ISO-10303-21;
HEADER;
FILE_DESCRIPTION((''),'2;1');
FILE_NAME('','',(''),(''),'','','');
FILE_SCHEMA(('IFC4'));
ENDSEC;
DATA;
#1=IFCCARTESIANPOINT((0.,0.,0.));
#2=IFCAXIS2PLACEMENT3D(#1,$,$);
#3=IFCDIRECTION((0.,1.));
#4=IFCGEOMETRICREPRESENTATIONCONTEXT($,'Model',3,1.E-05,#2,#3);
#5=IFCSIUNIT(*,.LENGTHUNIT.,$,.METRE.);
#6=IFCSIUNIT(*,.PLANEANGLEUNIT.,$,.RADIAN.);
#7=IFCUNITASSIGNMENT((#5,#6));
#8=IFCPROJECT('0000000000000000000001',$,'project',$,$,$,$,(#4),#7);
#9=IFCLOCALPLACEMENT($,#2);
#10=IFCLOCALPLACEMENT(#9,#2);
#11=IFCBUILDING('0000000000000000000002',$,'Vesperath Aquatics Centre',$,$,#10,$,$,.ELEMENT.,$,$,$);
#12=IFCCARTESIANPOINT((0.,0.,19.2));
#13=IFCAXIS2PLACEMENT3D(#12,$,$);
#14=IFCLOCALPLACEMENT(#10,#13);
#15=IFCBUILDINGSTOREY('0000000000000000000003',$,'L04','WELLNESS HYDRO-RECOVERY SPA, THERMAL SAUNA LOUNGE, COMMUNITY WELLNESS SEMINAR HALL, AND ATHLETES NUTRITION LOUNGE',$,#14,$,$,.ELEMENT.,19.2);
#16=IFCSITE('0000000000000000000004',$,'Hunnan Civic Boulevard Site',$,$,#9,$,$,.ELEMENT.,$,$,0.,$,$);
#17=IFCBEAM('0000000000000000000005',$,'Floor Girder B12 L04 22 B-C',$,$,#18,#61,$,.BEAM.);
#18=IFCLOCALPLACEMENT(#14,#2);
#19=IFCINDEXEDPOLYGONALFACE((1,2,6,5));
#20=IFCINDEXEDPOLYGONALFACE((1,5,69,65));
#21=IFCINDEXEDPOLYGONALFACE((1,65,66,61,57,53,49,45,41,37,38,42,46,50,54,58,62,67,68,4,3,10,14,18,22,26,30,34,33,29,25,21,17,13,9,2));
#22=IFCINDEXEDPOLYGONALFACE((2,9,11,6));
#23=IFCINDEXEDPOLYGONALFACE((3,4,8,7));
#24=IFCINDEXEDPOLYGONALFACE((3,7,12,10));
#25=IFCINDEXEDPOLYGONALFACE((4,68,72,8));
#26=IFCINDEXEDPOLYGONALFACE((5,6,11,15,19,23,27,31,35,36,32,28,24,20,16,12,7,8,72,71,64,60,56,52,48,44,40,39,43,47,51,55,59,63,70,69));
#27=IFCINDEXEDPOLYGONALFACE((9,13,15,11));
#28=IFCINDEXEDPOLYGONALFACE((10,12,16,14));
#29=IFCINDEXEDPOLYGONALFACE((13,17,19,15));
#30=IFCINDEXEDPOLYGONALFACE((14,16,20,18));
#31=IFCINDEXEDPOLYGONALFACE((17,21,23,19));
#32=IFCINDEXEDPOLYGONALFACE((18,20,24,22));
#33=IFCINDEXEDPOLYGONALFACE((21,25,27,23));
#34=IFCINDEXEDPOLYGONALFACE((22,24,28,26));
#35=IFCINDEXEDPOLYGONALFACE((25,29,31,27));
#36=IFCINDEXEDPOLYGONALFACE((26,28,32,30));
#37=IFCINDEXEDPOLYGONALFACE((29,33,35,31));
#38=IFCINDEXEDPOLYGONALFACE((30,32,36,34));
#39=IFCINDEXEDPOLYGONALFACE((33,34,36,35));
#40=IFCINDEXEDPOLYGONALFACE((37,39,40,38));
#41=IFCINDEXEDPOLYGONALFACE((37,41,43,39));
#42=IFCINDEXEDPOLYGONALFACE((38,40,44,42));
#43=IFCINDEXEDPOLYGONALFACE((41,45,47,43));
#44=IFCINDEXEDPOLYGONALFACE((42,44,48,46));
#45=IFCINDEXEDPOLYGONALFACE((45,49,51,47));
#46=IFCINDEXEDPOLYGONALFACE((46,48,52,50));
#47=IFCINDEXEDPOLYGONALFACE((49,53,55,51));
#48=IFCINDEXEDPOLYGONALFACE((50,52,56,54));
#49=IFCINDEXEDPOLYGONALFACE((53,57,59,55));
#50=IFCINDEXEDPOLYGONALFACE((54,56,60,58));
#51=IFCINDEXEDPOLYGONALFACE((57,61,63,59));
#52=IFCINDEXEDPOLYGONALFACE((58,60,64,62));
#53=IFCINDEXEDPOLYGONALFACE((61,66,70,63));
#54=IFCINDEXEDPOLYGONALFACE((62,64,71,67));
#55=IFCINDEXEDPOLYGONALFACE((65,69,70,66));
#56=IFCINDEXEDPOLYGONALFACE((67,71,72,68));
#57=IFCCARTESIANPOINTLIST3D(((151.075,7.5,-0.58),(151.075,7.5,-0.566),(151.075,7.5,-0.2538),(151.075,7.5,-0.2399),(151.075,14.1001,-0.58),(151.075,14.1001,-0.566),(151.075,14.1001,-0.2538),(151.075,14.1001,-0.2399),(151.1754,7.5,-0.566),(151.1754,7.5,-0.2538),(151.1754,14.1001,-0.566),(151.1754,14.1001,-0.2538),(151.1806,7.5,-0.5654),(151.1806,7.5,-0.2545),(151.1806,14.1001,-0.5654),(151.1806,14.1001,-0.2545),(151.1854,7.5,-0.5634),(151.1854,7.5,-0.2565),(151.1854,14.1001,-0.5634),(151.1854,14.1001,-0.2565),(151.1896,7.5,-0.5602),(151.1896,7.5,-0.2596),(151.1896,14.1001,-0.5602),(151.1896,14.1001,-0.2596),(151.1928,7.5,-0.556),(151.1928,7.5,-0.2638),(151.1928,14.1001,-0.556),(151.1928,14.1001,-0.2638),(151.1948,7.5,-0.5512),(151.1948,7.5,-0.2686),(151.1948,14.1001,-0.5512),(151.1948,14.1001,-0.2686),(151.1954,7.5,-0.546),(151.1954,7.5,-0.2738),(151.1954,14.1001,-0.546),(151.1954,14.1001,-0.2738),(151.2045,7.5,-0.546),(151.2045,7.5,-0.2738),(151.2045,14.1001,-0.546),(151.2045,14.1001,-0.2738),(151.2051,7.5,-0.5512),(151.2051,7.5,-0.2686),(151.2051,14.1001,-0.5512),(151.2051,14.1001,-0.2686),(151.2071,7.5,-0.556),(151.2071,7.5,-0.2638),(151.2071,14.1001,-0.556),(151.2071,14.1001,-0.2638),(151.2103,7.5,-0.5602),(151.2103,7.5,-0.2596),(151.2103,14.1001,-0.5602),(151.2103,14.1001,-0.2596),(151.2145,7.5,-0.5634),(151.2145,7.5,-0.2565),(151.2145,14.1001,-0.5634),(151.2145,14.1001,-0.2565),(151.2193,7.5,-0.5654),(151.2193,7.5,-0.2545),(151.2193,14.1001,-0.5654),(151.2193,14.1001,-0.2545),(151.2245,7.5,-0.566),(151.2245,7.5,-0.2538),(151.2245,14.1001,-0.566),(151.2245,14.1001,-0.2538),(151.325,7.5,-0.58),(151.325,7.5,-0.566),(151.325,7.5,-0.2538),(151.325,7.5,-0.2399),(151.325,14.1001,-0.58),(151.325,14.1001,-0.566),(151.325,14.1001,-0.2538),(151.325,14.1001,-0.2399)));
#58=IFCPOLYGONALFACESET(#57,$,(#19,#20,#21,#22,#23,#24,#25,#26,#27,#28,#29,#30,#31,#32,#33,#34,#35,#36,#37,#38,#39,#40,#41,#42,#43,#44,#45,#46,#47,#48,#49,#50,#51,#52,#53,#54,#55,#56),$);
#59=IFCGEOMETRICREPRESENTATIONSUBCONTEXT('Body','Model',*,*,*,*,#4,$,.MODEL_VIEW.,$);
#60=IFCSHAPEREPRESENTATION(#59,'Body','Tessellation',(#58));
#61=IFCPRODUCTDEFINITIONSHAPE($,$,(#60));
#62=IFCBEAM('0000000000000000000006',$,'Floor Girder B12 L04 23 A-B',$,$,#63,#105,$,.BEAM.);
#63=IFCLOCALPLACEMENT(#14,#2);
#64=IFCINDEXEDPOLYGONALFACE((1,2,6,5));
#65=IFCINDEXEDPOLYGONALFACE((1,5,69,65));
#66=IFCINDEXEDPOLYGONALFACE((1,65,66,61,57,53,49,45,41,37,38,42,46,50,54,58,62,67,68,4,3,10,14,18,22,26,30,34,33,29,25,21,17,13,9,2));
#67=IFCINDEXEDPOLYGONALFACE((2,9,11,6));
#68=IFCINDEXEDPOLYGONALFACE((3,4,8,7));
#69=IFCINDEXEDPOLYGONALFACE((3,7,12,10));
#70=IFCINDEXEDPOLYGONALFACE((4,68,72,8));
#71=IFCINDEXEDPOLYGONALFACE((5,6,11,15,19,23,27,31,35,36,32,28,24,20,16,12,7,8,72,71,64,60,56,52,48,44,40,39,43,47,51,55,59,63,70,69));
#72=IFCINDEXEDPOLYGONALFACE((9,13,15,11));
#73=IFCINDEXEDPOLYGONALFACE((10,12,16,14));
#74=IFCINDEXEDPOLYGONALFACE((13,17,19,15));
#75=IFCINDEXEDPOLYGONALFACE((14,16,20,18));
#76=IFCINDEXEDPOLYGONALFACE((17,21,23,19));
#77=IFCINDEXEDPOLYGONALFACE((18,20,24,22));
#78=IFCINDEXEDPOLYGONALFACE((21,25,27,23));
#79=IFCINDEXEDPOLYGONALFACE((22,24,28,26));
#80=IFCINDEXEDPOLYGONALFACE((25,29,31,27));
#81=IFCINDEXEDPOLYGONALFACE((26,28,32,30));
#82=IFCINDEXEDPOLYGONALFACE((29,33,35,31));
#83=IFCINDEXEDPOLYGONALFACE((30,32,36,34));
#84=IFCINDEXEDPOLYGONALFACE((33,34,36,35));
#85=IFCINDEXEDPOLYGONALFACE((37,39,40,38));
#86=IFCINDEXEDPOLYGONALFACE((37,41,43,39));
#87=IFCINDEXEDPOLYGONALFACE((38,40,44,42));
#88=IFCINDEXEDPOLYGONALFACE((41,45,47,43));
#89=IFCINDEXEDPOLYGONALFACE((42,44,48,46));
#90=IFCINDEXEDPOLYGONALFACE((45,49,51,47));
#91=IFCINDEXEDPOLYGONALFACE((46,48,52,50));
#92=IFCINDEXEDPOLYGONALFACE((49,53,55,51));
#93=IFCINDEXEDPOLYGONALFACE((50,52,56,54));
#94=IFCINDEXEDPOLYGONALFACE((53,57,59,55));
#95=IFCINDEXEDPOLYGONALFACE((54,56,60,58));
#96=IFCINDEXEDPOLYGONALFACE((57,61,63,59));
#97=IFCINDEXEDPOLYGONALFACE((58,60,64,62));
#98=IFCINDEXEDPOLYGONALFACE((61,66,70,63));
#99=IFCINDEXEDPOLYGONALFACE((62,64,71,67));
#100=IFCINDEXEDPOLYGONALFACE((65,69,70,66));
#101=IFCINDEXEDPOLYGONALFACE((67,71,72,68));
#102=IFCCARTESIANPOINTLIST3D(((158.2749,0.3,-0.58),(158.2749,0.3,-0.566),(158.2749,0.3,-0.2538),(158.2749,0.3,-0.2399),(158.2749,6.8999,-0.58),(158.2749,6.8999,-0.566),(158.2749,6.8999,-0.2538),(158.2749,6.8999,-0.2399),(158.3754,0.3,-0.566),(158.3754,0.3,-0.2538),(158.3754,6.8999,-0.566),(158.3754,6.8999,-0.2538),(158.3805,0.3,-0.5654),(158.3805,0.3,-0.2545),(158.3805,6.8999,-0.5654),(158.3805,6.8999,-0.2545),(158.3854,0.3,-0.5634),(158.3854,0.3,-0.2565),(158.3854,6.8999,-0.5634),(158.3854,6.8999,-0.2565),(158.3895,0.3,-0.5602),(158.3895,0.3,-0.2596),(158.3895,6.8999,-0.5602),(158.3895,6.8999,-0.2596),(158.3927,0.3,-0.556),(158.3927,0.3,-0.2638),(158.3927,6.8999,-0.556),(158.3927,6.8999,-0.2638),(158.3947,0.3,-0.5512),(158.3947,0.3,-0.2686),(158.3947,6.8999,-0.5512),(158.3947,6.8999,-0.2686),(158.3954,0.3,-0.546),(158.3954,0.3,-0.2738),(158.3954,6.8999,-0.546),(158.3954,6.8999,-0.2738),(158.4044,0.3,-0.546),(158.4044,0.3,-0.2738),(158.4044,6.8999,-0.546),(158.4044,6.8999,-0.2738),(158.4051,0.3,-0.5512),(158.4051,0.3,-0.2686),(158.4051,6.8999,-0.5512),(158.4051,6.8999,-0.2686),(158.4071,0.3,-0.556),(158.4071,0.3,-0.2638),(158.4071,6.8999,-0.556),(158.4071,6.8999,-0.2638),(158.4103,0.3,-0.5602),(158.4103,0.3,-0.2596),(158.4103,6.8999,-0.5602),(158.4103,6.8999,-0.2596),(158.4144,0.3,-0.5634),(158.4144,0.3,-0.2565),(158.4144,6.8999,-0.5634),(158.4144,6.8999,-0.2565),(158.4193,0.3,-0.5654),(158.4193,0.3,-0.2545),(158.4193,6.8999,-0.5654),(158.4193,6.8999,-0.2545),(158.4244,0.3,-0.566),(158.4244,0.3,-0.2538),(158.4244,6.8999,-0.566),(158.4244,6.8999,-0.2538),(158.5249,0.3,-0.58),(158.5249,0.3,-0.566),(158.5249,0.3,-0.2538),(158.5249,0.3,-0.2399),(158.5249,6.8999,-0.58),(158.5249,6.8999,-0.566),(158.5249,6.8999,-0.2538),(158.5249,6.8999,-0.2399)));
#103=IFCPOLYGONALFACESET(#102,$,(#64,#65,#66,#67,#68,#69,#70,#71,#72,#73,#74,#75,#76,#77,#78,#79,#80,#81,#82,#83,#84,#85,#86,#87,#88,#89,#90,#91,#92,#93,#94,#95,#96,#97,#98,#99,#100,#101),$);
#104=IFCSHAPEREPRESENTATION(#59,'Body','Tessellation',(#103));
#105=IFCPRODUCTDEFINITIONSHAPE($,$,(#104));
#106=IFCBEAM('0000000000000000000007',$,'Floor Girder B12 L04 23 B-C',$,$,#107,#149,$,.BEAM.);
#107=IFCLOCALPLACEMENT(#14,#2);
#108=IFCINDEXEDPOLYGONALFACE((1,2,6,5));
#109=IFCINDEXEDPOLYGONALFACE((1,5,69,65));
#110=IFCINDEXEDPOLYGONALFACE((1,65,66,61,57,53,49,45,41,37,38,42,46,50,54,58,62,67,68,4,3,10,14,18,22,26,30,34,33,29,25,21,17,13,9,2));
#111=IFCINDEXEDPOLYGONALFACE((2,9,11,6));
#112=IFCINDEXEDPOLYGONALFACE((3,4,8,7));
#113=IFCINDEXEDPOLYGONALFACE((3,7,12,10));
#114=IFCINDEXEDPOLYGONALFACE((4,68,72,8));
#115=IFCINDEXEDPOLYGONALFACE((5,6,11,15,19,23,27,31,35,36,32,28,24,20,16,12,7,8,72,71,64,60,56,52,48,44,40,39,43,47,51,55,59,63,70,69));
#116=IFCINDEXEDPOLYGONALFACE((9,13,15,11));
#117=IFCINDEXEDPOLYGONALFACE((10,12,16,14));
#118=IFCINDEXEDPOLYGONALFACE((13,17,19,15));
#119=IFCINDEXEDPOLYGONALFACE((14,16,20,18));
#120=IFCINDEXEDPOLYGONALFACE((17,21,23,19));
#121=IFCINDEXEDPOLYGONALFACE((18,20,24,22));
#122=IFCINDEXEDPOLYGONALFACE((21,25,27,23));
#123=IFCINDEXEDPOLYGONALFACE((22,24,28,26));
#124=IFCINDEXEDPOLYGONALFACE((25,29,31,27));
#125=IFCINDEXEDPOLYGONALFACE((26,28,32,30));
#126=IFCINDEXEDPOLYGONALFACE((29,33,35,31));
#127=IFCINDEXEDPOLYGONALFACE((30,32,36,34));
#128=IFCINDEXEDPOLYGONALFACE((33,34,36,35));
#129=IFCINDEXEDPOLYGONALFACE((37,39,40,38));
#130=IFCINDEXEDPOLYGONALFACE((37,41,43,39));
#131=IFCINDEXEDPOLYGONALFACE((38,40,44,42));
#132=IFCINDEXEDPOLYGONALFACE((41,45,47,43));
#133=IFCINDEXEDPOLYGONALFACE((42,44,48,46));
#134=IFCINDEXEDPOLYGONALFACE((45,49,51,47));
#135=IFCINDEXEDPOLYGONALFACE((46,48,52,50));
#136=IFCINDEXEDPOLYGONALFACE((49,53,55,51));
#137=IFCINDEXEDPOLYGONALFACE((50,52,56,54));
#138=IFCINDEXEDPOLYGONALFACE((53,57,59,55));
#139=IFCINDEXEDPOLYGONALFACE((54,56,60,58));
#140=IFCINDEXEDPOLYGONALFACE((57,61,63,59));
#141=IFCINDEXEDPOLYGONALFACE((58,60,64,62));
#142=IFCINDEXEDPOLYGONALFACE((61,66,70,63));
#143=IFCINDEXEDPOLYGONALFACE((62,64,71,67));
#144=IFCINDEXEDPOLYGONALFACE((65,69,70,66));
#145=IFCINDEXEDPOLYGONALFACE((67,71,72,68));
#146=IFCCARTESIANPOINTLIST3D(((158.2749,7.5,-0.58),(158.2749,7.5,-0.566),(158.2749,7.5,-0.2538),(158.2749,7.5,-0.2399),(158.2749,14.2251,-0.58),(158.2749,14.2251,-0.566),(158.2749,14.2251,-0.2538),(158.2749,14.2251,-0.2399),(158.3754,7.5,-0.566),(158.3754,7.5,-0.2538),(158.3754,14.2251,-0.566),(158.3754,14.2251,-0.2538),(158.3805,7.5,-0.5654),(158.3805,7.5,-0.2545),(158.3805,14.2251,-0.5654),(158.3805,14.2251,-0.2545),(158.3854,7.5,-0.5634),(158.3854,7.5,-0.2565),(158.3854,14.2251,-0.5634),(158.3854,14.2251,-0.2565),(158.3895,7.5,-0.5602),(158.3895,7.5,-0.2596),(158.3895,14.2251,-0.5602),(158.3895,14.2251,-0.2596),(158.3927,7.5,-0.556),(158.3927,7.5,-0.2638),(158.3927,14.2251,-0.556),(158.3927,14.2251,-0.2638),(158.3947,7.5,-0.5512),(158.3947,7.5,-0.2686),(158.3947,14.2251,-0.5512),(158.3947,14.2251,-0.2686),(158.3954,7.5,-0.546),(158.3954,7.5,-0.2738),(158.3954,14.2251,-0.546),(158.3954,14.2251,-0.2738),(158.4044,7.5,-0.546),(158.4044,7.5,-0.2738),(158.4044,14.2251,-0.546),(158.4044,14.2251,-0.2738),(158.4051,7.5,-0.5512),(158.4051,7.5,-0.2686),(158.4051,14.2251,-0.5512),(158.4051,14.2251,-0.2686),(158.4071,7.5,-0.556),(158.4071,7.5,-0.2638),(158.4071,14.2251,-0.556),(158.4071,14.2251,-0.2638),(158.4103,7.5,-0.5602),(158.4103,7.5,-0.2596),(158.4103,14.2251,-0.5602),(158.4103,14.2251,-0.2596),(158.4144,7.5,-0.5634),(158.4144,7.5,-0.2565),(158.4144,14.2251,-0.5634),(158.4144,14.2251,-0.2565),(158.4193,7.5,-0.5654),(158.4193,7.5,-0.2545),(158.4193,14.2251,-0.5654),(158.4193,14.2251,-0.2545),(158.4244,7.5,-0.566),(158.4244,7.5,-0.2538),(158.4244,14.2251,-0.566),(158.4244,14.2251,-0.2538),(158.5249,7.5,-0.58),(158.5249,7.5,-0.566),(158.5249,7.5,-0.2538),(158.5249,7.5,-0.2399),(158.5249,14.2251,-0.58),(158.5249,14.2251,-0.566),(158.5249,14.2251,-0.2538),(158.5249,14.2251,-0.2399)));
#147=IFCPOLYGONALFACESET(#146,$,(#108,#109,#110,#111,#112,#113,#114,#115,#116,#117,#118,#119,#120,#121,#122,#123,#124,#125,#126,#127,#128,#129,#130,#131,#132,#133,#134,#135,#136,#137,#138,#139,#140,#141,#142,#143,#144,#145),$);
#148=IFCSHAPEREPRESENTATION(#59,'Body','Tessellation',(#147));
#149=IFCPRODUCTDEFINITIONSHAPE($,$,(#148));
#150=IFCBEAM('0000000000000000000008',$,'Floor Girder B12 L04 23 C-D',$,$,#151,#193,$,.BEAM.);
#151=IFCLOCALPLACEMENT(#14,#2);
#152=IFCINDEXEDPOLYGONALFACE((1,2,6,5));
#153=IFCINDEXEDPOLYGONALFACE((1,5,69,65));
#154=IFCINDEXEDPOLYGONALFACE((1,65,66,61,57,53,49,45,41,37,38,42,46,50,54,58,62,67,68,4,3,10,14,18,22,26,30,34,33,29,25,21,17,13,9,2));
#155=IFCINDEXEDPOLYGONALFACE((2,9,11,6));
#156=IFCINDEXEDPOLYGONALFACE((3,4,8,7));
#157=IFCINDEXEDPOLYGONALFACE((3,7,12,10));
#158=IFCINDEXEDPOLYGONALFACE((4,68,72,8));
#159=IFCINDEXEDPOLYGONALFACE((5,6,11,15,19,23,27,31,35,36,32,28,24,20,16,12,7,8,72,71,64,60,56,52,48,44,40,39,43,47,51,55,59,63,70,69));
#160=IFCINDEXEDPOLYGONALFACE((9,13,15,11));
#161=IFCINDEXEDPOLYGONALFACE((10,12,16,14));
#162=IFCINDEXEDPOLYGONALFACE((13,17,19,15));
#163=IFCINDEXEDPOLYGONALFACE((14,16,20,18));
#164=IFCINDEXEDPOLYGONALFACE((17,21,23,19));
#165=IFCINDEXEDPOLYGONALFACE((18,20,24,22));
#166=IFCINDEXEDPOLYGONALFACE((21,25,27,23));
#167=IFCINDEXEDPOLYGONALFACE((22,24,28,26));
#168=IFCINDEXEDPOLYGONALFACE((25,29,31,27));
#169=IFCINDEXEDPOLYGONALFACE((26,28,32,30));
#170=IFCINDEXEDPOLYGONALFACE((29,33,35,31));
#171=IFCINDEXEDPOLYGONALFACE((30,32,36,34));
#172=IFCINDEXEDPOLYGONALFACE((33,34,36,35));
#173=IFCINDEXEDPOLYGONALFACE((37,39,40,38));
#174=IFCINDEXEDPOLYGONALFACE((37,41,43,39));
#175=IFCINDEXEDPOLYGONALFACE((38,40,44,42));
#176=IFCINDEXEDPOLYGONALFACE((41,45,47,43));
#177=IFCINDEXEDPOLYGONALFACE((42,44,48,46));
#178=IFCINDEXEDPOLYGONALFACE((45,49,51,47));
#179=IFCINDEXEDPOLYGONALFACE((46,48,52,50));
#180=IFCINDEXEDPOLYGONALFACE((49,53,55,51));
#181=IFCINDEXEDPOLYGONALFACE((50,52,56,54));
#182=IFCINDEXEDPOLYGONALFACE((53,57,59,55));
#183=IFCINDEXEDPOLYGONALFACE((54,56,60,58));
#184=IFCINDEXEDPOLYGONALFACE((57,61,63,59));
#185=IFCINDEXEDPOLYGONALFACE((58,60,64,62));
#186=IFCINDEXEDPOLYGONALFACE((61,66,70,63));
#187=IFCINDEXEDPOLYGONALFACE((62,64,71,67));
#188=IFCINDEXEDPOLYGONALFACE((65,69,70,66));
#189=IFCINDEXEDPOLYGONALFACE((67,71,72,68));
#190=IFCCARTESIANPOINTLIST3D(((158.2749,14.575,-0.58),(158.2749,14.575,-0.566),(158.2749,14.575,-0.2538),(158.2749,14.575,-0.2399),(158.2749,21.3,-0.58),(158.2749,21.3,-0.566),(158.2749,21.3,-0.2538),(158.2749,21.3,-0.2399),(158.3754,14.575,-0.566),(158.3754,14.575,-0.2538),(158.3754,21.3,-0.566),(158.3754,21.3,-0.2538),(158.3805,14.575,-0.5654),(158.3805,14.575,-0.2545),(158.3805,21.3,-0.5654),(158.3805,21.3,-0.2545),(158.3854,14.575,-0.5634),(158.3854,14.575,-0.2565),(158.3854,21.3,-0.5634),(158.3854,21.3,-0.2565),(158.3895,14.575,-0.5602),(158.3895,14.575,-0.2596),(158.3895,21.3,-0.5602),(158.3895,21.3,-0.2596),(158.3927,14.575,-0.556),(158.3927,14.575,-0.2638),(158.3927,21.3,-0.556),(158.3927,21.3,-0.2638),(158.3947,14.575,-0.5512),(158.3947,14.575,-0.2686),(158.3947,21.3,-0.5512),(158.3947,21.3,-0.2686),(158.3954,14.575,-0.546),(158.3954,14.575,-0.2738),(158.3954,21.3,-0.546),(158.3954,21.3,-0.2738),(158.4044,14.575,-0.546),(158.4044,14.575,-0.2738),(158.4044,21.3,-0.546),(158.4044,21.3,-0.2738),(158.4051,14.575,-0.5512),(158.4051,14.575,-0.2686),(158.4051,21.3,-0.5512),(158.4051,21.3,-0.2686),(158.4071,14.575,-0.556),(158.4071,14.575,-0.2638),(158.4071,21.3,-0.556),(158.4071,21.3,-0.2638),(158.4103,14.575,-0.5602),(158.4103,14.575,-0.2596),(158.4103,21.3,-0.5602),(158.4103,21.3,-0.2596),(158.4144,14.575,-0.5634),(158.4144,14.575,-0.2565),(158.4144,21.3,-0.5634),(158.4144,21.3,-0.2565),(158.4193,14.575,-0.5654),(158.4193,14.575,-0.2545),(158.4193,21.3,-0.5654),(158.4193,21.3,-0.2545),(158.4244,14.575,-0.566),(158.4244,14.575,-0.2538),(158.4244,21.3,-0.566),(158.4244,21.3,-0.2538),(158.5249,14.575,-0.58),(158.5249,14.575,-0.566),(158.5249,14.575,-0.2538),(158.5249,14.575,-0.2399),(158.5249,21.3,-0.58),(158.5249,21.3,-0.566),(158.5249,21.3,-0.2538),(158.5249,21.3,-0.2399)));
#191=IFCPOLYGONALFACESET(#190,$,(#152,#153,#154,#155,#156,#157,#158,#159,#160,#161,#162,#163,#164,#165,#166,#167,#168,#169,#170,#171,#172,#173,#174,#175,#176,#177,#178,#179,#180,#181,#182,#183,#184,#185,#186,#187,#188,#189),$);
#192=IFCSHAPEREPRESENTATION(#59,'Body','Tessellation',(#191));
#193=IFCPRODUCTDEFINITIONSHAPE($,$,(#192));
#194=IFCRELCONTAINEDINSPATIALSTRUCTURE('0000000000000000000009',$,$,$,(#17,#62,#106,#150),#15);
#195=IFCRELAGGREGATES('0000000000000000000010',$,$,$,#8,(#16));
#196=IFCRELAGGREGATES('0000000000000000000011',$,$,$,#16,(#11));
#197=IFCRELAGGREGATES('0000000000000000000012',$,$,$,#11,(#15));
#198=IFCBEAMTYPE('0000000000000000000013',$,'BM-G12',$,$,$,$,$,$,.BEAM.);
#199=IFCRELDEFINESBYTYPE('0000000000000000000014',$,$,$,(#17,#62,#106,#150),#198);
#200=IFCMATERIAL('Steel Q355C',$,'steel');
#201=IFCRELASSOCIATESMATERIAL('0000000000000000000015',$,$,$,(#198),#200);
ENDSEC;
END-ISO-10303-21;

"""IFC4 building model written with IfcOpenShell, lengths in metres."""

from ifc_helpers import new_model, si_unit, direction, frame, origin, origin_2d, place, context, subcontext, project, spatial, i_section, extrude, material, material_profile, profile_set, type_object, element, save


model = new_model("IFC4")

# Units and contexts
model_context = context("Model", 3, precision=1e-05, world=origin(), true_north=direction((0.0, 1.0)))
body_context = subcontext(model_context, "Body", "Model", "MODEL_VIEW")
ifc_project = project(units=[si_unit("LENGTHUNIT", "METRE"), si_unit("PLANEANGLEUNIT", "RADIAN")], contexts=[model_context])

# Site, building, storey
site_placement = place(None, origin())
site = spatial("IfcSite", under=ifc_project, at=site_placement, Name="Hunnan Civic Boulevard Site", CompositionType="ELEMENT", RefElevation=0.0)
building_placement = place(site_placement, origin())
building = spatial("IfcBuilding", under=site, at=building_placement, Name="Vesperath Aquatics Centre", CompositionType="ELEMENT")
storey_placement = place(building_placement, frame((0.0, 0.0, 19.2)))
storey = spatial("IfcBuildingStorey", under=building, at=storey_placement, Name="L04", Description="WELLNESS HYDRO-RECOVERY SPA, THERMAL SAUNA LOUNGE, COMMUNITY WELLNESS SEMINAR HALL, AND ATHLETES NUTRITION LOUNGE", CompositionType="ELEMENT", Elevation=19.2)

# Shared definitions
ifc_material_1 = material(Name="Steel Q355C", Category="steel")

# Beams
ifc_material_profile_1 = material_profile(ifc_material_1, i_section(OverallWidth=0.25, OverallDepth=0.3401, WebThickness=0.009, FlangeThickness=0.0139, FilletRadius=0.02, at=origin_2d()), Name="HM 340x250x9x14")
ifc_profile_set_1 = profile_set([ifc_material_profile_1], Name="Steel Q355C")
beam_type_1 = type_object("IfcBeamType", Name="BM-G12", PredefinedType="BEAM", material=ifc_profile_set_1)
for number, where, z_axis, x_axis, name in (
    (1, (151.2, 7.5, -0.4099), (0.0, 1.0, 0.0), (-1.0, 0.0, 0.0), "Floor Girder B12 L04 22 B-C"),
):
    element("IfcBeam", number, at=place(storey_placement, frame(where, z_axis=z_axis, x_axis=x_axis)), inside=storey, type_object=beam_type_1, Name=name, PredefinedType="BEAM", context=body_context, shape_type="SweptSolid", body=[
        extrude(i_section(OverallWidth=0.25, OverallDepth=0.3401, WebThickness=0.009, FlangeThickness=0.0139, FilletRadius=0.02, at=origin_2d()), origin(), (0.0, 0.0, 1.0), 6.6001),
    ])
beam_1_placement = place(storey_placement, frame((158.3999, 0.3, -0.4099), z_axis=(0.0, 1.0, 0.0), x_axis=(-1.0, 0.0, 0.0)))
element("IfcBeam", 2, at=beam_1_placement, inside=storey, type_object=beam_type_1, Name="Floor Girder B12 L04 23 A-B", PredefinedType="BEAM", context=body_context, shape_type="SweptSolid", body=[
    extrude(i_section(OverallWidth=0.25, OverallDepth=0.3401, WebThickness=0.009, FlangeThickness=0.0139, FilletRadius=0.02, at=origin_2d()), origin(), (0.0, 0.0, 1.0), 6.5999),
])
for number, where, z_axis, x_axis, name in (
    (3, (158.3999, 7.5, -0.4099), (0.0, 1.0, 0.0), (-1.0, 0.0, 0.0), "Floor Girder B12 L04 23 B-C"),
    (4, (158.3999, 14.575, -0.4099), (0.0, 1.0, 0.0), (-1.0, 0.0, 0.0), "Floor Girder B12 L04 23 C-D"),
):
    element("IfcBeam", number, at=place(storey_placement, frame(where, z_axis=z_axis, x_axis=x_axis)), inside=storey, type_object=beam_type_1, Name=name, PredefinedType="BEAM", context=body_context, shape_type="SweptSolid", body=[
        extrude(i_section(OverallWidth=0.25, OverallDepth=0.3401, WebThickness=0.009, FlangeThickness=0.0139, FilletRadius=0.02, at=origin_2d()), origin(), (0.0, 0.0, 1.0), 6.7251),
    ])

save(model, "model.ifc")
